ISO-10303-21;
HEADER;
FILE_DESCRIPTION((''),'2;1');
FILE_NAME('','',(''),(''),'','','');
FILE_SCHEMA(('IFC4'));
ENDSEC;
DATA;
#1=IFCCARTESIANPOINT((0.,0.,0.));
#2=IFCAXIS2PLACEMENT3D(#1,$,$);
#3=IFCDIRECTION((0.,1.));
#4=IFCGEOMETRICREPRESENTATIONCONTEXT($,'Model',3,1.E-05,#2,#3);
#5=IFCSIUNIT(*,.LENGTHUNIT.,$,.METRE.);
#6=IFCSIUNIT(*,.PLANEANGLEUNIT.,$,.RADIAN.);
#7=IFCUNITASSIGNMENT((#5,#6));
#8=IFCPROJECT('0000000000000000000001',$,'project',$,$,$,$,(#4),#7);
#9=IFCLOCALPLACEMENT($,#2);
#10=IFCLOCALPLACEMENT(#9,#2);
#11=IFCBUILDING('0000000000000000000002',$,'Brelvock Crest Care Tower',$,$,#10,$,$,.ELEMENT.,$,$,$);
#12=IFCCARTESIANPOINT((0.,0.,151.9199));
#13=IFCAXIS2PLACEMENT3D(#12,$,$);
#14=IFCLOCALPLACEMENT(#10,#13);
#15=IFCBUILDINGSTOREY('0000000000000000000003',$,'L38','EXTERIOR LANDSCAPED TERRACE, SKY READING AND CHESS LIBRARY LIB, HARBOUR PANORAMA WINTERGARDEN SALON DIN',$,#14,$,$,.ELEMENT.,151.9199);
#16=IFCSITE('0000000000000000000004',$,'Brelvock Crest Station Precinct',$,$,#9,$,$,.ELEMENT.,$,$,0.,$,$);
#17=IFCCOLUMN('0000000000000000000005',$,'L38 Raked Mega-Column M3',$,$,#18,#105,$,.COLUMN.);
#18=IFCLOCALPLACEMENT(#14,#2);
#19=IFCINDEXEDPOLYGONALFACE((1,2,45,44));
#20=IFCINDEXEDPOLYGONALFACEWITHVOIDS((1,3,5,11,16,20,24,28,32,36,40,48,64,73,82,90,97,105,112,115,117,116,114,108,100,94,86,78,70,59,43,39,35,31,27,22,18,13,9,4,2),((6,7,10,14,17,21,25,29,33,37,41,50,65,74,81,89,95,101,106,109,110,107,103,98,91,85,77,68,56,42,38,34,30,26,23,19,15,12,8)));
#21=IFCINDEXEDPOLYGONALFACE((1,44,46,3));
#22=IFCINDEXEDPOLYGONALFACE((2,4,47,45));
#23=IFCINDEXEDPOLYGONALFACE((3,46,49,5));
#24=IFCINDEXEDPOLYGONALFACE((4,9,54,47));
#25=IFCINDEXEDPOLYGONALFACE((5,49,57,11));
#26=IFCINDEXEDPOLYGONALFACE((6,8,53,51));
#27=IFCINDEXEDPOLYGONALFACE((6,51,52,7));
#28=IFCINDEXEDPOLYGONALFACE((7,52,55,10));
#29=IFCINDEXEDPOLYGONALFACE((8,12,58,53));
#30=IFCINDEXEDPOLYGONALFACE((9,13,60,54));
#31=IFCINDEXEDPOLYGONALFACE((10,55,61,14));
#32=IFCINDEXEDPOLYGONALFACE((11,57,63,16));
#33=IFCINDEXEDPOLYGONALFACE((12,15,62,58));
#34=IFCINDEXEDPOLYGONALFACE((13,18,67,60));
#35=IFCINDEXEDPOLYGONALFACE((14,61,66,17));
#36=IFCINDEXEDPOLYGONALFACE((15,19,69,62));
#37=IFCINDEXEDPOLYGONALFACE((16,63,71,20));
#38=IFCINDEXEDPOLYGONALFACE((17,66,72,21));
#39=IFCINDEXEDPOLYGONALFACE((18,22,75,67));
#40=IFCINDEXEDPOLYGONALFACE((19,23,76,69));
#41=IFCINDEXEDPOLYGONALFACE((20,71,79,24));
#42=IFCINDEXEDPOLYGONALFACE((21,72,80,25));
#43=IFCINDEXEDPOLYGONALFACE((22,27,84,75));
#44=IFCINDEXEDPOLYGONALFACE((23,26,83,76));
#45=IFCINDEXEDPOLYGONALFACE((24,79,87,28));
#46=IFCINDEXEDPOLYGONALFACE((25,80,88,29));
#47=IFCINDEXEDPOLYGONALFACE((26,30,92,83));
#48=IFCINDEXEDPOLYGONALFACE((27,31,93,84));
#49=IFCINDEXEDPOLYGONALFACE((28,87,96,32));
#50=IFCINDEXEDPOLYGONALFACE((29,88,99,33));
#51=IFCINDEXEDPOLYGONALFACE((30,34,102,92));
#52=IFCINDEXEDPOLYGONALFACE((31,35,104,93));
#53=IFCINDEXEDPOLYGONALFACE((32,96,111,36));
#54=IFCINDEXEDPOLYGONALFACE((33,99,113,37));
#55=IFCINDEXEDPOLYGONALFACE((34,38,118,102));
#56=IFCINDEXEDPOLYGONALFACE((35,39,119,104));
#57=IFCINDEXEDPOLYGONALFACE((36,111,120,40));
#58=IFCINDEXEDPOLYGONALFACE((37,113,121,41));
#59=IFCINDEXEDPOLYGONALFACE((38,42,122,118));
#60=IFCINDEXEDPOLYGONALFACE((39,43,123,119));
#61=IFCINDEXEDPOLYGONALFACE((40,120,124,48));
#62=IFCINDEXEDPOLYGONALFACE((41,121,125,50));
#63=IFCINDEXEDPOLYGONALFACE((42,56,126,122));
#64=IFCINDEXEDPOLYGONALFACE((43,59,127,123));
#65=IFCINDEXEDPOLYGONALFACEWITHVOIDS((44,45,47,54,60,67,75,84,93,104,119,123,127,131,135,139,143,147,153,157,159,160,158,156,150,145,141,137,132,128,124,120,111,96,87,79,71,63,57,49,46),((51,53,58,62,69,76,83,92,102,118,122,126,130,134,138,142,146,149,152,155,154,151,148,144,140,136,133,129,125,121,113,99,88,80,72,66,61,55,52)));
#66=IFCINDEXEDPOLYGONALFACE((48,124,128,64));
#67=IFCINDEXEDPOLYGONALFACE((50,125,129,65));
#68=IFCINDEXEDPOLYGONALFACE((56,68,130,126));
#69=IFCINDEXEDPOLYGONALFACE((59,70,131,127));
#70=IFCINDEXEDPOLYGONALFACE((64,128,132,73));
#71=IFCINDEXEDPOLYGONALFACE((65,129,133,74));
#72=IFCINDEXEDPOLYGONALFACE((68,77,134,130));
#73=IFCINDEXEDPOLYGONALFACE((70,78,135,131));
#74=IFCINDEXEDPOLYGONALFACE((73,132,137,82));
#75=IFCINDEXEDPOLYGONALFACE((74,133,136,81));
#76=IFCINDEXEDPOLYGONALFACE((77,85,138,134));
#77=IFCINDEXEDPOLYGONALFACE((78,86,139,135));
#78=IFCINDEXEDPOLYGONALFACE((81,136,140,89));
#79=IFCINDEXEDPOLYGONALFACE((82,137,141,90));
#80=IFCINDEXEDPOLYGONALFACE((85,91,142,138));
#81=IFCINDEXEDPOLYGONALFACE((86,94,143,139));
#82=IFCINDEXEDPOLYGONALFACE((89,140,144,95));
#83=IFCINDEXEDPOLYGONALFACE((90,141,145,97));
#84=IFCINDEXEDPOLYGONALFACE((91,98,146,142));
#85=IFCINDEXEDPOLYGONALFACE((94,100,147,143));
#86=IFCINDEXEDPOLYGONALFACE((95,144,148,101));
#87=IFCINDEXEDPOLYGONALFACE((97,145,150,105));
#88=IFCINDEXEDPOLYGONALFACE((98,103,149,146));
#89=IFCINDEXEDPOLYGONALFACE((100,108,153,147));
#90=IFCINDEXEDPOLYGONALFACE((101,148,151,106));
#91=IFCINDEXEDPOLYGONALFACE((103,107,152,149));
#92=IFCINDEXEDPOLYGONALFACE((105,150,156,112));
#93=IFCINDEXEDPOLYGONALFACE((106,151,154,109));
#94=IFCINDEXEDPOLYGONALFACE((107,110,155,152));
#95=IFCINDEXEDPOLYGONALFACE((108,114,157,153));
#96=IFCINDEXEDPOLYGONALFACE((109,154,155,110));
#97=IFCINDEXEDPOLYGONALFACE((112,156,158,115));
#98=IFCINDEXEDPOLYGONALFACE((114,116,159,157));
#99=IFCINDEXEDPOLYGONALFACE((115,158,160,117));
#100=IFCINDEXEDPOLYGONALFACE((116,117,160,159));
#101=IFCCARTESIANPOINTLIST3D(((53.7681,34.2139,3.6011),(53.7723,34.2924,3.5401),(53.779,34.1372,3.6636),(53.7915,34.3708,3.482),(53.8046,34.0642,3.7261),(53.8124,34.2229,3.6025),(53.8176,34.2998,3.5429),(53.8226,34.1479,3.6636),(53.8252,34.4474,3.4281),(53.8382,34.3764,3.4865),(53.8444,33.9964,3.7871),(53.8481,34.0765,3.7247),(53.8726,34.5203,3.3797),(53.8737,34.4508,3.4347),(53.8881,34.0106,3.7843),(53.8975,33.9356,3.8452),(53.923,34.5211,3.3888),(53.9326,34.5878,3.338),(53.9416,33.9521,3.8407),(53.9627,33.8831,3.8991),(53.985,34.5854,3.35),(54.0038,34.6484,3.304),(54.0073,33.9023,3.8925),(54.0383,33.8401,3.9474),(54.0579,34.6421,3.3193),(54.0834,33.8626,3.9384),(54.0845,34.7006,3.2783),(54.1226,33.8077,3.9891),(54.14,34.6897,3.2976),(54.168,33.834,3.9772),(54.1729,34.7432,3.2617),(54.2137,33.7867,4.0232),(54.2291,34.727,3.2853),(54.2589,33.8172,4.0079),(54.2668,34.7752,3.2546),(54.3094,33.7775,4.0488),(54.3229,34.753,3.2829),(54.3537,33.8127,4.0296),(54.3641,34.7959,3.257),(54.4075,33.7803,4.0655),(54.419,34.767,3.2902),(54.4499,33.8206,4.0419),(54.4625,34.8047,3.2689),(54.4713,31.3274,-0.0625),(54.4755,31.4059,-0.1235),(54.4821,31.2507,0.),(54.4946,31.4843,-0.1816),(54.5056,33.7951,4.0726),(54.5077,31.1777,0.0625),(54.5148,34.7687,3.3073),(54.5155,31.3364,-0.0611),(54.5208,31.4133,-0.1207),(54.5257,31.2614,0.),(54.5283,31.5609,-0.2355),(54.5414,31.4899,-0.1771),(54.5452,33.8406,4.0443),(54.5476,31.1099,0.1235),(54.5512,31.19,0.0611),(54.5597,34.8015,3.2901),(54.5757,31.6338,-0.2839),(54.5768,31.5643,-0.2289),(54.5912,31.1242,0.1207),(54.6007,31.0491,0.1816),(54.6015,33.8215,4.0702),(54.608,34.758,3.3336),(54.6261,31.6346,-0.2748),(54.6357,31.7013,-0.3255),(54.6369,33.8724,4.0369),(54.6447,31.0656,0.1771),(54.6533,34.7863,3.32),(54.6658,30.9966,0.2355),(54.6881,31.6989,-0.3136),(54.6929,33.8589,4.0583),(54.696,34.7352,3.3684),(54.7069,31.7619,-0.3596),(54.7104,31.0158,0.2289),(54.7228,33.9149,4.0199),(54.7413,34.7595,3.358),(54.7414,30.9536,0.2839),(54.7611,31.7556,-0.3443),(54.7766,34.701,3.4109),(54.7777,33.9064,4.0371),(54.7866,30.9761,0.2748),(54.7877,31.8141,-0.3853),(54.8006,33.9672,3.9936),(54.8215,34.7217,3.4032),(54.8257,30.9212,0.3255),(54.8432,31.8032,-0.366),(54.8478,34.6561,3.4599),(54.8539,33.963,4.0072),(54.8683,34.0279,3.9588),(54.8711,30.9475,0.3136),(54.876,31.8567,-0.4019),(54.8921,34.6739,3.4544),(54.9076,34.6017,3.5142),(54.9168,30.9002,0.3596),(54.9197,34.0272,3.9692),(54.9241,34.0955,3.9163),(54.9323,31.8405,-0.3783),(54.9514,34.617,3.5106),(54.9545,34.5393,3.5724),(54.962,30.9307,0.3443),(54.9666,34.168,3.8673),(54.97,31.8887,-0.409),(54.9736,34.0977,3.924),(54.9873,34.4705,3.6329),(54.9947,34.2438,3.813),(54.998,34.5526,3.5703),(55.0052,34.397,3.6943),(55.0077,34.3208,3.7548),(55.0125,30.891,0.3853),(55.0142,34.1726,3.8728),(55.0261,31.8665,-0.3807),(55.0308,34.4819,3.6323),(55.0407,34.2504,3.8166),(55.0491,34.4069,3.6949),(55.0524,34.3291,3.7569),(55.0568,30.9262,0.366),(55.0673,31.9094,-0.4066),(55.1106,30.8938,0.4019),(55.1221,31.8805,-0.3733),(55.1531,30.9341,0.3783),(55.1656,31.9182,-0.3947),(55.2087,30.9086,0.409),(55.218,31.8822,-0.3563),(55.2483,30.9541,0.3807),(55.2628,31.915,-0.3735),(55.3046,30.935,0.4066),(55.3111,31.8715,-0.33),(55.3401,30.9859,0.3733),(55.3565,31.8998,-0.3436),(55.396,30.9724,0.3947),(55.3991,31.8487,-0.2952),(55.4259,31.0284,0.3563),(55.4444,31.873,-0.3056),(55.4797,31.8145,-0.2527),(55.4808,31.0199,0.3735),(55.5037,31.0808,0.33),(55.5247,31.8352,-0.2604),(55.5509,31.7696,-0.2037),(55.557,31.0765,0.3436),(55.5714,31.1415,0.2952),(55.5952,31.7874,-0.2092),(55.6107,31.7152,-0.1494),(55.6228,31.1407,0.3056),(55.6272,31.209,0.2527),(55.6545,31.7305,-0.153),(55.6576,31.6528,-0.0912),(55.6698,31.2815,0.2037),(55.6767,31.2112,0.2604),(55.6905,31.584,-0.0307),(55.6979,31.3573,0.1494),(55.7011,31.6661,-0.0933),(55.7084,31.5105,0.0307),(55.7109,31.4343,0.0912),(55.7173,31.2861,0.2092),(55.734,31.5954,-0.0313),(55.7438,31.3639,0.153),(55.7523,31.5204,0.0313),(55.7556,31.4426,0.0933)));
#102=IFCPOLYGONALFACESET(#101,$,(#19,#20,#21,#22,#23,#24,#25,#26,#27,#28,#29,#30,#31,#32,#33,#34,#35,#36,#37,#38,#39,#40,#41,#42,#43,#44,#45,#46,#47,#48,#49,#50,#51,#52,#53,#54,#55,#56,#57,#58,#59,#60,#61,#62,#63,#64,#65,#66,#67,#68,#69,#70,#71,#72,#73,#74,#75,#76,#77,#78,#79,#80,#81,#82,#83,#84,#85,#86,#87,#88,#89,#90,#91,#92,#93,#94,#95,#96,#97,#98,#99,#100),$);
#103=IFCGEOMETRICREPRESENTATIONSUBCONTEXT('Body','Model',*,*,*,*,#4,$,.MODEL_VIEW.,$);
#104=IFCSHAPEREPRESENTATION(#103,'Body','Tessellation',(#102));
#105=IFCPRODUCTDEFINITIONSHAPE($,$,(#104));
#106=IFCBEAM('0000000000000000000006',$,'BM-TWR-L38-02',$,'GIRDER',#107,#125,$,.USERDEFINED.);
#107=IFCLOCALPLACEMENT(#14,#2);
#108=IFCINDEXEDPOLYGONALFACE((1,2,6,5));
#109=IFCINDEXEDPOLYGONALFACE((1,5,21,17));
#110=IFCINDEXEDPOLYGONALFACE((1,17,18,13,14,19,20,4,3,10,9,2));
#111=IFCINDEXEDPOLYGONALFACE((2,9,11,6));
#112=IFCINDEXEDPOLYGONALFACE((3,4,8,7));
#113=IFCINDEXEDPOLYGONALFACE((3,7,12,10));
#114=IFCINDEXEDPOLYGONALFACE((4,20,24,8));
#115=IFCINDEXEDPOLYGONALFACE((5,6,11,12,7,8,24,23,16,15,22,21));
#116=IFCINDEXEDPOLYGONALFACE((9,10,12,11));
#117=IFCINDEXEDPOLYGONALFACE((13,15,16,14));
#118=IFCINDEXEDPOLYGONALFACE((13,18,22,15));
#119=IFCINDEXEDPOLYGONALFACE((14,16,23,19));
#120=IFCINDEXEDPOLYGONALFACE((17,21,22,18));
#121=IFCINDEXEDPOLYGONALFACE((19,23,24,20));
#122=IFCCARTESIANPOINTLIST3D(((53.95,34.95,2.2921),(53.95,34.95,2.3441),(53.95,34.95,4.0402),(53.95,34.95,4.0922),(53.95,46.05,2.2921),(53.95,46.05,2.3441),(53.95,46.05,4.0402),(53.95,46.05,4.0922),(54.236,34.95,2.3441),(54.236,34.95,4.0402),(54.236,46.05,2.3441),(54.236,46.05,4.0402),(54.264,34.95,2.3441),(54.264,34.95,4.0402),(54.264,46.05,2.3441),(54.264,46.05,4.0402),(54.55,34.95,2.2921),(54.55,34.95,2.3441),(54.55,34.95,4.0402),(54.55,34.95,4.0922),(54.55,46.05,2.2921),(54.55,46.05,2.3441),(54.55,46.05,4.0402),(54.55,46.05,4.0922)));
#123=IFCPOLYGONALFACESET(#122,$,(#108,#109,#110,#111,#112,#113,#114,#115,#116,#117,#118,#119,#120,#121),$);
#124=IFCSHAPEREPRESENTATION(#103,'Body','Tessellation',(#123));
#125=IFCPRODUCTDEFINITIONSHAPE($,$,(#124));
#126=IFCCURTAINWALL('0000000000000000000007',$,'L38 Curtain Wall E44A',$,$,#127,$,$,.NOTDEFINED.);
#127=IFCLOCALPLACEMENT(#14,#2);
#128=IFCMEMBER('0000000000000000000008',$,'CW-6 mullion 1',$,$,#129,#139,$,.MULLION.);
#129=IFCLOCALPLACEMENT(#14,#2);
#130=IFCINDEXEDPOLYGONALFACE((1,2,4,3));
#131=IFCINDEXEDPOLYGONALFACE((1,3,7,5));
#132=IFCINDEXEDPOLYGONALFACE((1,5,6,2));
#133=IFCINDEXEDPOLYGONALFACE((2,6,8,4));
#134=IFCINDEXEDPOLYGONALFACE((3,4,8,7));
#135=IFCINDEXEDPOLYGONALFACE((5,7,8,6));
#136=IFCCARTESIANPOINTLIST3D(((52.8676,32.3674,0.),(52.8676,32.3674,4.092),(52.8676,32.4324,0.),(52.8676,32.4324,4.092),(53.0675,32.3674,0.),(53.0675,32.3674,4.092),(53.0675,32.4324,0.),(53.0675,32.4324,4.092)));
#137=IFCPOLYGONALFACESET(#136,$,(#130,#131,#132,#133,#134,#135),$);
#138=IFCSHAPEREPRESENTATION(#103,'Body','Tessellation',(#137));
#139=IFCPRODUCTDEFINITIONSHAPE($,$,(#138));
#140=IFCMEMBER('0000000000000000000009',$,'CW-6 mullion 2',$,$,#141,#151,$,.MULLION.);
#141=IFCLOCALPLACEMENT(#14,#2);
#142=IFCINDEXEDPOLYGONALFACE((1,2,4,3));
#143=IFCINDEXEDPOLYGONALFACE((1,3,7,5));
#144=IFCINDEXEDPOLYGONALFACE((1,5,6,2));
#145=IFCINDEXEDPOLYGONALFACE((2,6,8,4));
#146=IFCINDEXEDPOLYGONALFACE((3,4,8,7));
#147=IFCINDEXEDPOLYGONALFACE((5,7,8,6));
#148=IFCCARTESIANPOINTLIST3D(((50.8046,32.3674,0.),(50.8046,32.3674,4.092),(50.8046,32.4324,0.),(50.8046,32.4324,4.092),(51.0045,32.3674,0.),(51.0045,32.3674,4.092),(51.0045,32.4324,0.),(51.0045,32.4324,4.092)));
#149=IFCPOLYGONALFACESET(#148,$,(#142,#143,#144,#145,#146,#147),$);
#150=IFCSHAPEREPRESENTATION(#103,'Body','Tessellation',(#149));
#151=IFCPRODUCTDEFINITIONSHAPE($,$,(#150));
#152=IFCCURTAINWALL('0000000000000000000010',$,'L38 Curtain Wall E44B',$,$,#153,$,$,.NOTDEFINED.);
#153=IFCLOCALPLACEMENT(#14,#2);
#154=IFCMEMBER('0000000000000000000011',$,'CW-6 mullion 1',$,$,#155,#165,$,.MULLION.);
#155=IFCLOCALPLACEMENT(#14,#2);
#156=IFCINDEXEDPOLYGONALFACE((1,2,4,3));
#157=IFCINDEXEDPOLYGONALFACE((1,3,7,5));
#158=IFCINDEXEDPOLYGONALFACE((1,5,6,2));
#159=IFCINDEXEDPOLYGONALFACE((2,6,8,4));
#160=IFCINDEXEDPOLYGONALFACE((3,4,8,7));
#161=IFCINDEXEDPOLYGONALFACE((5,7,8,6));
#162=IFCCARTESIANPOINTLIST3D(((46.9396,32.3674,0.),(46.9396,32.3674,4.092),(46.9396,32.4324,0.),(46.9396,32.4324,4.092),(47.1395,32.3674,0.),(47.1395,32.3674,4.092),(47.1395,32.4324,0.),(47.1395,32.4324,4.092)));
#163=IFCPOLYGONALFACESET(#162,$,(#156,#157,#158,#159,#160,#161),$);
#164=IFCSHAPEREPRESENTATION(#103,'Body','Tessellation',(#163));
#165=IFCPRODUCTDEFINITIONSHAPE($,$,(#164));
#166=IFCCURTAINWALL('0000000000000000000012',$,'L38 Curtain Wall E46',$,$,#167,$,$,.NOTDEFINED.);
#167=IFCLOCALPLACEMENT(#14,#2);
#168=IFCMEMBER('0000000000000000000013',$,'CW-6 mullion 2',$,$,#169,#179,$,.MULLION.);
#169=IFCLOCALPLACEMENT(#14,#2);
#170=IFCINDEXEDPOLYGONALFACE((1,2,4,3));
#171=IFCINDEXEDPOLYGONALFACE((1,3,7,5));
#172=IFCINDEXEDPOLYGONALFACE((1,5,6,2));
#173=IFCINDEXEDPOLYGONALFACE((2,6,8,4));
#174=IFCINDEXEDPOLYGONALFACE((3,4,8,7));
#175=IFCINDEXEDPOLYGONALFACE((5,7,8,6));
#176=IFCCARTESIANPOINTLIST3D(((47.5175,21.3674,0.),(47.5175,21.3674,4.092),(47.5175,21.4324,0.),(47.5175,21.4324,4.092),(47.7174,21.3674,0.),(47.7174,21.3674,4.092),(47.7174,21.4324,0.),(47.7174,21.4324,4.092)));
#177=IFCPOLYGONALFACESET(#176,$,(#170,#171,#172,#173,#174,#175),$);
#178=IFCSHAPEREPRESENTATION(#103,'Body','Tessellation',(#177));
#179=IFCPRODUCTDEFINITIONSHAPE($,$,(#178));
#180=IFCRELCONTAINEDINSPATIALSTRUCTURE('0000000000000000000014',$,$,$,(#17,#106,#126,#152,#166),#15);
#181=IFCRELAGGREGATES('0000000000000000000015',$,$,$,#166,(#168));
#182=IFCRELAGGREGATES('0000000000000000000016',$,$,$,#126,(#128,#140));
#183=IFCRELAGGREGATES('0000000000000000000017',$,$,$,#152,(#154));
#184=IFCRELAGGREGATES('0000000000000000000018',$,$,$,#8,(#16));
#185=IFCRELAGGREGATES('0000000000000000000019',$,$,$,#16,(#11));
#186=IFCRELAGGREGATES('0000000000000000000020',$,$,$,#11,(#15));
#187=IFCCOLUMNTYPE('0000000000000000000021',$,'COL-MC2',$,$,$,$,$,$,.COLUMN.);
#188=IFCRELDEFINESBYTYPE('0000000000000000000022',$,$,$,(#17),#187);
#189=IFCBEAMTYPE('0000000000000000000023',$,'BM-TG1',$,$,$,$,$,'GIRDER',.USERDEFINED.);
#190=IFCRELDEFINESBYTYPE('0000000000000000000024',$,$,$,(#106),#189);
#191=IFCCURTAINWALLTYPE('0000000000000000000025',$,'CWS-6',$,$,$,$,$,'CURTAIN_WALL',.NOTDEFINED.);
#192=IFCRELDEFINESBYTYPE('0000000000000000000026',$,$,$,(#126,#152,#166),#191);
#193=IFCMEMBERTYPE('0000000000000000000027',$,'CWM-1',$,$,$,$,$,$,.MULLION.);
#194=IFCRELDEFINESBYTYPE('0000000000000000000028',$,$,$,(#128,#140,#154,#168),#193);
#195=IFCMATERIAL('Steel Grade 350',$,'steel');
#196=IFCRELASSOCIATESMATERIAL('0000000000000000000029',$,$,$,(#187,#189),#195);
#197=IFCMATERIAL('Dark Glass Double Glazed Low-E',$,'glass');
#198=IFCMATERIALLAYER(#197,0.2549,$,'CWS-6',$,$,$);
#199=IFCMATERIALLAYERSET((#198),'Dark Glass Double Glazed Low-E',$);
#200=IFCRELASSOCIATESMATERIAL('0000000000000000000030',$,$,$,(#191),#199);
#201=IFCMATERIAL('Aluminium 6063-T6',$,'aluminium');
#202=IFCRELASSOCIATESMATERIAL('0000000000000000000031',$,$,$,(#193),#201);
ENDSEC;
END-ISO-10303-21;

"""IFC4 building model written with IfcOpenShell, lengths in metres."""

from ifc_helpers import new_model, si_unit, direction, frame, origin, origin_2d, place, context, subcontext, project, spatial, rectangle, hollow_circle, i_section, extrude, source, transform, mapped, material, layer, layer_set, material_profile, profile_set, type_object, element, aggregate, save


model = new_model("IFC4")

# Units and contexts
model_context = context("Model", 3, precision=1e-05, world=origin(), true_north=direction((0.0, 1.0)))
body_context = subcontext(model_context, "Body", "Model", "MODEL_VIEW")
ifc_project = project(units=[si_unit("LENGTHUNIT", "METRE"), si_unit("PLANEANGLEUNIT", "RADIAN")], contexts=[model_context])

# Site, building, storey
site_placement = place(None, origin())
site = spatial("IfcSite", under=ifc_project, at=site_placement, Name="Brelvock Crest Station Precinct", CompositionType="ELEMENT", RefElevation=0.0)
building_placement = place(site_placement, origin())
building = spatial("IfcBuilding", under=site, at=building_placement, Name="Brelvock Crest Care Tower", CompositionType="ELEMENT")
storey_placement = place(building_placement, frame((0.0, 0.0, 151.9199)))
storey = spatial("IfcBuildingStorey", under=building, at=storey_placement, Name="L38", Description="EXTERIOR LANDSCAPED TERRACE, SKY READING AND CHESS LIBRARY LIB, HARBOUR PANORAMA WINTERGARDEN SALON DIN", CompositionType="ELEMENT", Elevation=151.9199)

# Column
ifc_material_1 = material(Name="Steel Grade 350", Category="steel")
ifc_material_profile_1 = material_profile(ifc_material_1, hollow_circle(Radius=0.6499, WallThickness=0.0449, at=origin_2d()), Name="CFT1300x45")
ifc_profile_set_1 = profile_set([ifc_material_profile_1], Name="Steel Grade 350")
column_type = type_object("IfcColumnType", Name="COL-MC2", PredefinedType="COLUMN", material=ifc_profile_set_1)
shared_shape_1 = source(origin(), body_context, "Body", "SweptSolid", [
    extrude(hollow_circle(Radius=0.6499, WallThickness=0.0449, at=origin_2d()), origin(), (0.0, 0.0, 1.0), 4.7168),
])
column_placement = place(storey_placement, frame((55.1135, 31.4045, 0.0), z_axis=(-0.149069, 0.61196, 0.776713), x_axis=(-0.97159, -0.236672, 0.0)))
element("IfcColumn", 1, at=column_placement, inside=storey, type_object=column_type, Name="L38 Raked Mega-Column M3", PredefinedType="COLUMN", context=body_context, shape_type="MappedRepresentation", body=[
    mapped(shared_shape_1, transform((0.0, 0.0, 0.0), x_axis=(1.0, 0.0, 0.0), y_axis=(0.0, 1.0, 0.0), z_axis=(0.0, 0.0, 1.0), scale=1.0)),
])

# Beam
ifc_material_profile_2 = material_profile(ifc_material_1, i_section(OverallWidth=0.6001, OverallDepth=1.8, WebThickness=0.0281, FlangeThickness=0.052, at=origin_2d()), Name="1800TG740")
ifc_profile_set_2 = profile_set([ifc_material_profile_2], Name="Steel Grade 350")
beam_type = type_object("IfcBeamType", Name="BM-TG1", ElementType="GIRDER", PredefinedType="USERDEFINED", material=ifc_profile_set_2)
shared_shape_2 = source(origin(), body_context, "Body", "SweptSolid", [
    extrude(i_section(OverallWidth=0.6001, OverallDepth=1.8, WebThickness=0.0281, FlangeThickness=0.052, at=origin_2d()), origin(), (0.0, 0.0, 1.0), 11.1001),
])
beam_placement = place(storey_placement, frame((54.25, 34.95, 3.1921), z_axis=(0.0, 1.0, 0.0), x_axis=(-1.0, 0.0, 0.0)))
element("IfcBeam", 2, at=beam_placement, inside=storey, type_object=beam_type, Name="BM-TWR-L38-02", ObjectType="GIRDER", PredefinedType="USERDEFINED", context=body_context, shape_type="MappedRepresentation", body=[
    mapped(shared_shape_2, transform((0.0, 0.0, 0.0), x_axis=(1.0, 0.0, 0.0), y_axis=(0.0, 1.0, 0.0), z_axis=(0.0, 0.0, 1.0), scale=1.0)),
])

# Curtain wall, members
ifc_material_2 = material(Name="Dark Glass Double Glazed Low-E", Category="glass")
ifc_layer_1 = layer(ifc_material_2, 0.2549, Name="CWS-6")
ifc_layer_set_1 = layer_set([ifc_layer_1], Name="Dark Glass Double Glazed Low-E")
curtain_wall_type = type_object("IfcCurtainWallType", Name="CWS-6", ElementType="CURTAIN_WALL", PredefinedType="NOTDEFINED", material=ifc_layer_set_1)
curtain_wall_1_placement = place(storey_placement, origin())
curtain_wall_1 = element("IfcCurtainWall", 3, at=curtain_wall_1_placement, inside=storey, type_object=curtain_wall_type, Name="L38 Curtain Wall E44A", PredefinedType="NOTDEFINED")
ifc_material_3 = material(Name="Aluminium 6063-T6", Category="aluminium")
ifc_material_profile_3 = material_profile(ifc_material_3, rectangle(XDim=0.0649, YDim=0.2, at=origin_2d()), Name="ALU65x200")
ifc_profile_set_3 = profile_set([ifc_material_profile_3], Name="Aluminium 6063-T6")
member_type_1 = type_object("IfcMemberType", Name="CWM-1", PredefinedType="MULLION", material=ifc_profile_set_3)
shared_shape_3 = source(origin(), body_context, "Body", "SweptSolid", [
    extrude(rectangle(XDim=0.0649, YDim=0.2, at=origin_2d()), origin(), (0.0, 0.0, 1.0), 4.092),
])
member_1_placement = place(storey_placement, frame((52.9675, 32.3999, 0.0), z_axis=(0.0, 0.0, 1.0), x_axis=(0.0, -1.0, 0.0)))
member_1 = element("IfcMember", 4, at=member_1_placement, type_object=member_type_1, Name="CW-6 mullion 1", PredefinedType="MULLION", context=body_context, shape_type="MappedRepresentation", body=[
    mapped(shared_shape_3, transform((0.0, 0.0, 0.0), x_axis=(1.0, 0.0, 0.0), y_axis=(0.0, 1.0, 0.0), z_axis=(0.0, 0.0, 1.0), scale=1.0)),
])
member_2_placement = place(storey_placement, frame((50.9045, 32.3999, 0.0), z_axis=(0.0, 0.0, 1.0), x_axis=(0.0, -1.0, 0.0)))
member_2 = element("IfcMember", 5, at=member_2_placement, type_object=member_type_1, Name="CW-6 mullion 2", PredefinedType="MULLION", context=body_context, shape_type="MappedRepresentation", body=[
    mapped(shared_shape_3, transform((0.0, 0.0, 0.0), x_axis=(1.0, 0.0, 0.0), y_axis=(0.0, 1.0, 0.0), z_axis=(0.0, 0.0, 1.0), scale=1.0)),
])

# Curtain walls, members
curtain_wall_2_placement = place(storey_placement, origin())
curtain_wall_2 = element("IfcCurtainWall", 6, at=curtain_wall_2_placement, inside=storey, type_object=curtain_wall_type, Name="L38 Curtain Wall E44B", PredefinedType="NOTDEFINED")
member_3_placement = place(storey_placement, frame((47.0396, 32.3999, 0.0), z_axis=(0.0, 0.0, 1.0), x_axis=(0.0, -1.0, 0.0)))
member_3 = element("IfcMember", 7, at=member_3_placement, type_object=member_type_1, Name="CW-6 mullion 1", PredefinedType="MULLION", context=body_context, shape_type="MappedRepresentation", body=[
    mapped(shared_shape_3, transform((0.0, 0.0, 0.0), x_axis=(1.0, 0.0, 0.0), y_axis=(0.0, 1.0, 0.0), z_axis=(0.0, 0.0, 1.0), scale=1.0)),
])
curtain_wall_3_placement = place(storey_placement, origin())
curtain_wall_3 = element("IfcCurtainWall", 8, at=curtain_wall_3_placement, inside=storey, type_object=curtain_wall_type, Name="L38 Curtain Wall E46", PredefinedType="NOTDEFINED")
member_4_placement = place(storey_placement, frame((47.6174, 21.3999, 0.0), z_axis=(0.0, 0.0, 1.0), x_axis=(0.0, 1.0, 0.0)))
member_4 = element("IfcMember", 9, at=member_4_placement, type_object=member_type_1, Name="CW-6 mullion 2", PredefinedType="MULLION", context=body_context, shape_type="MappedRepresentation", body=[
    mapped(shared_shape_3, transform((0.0, 0.0, 0.0), x_axis=(1.0, 0.0, 0.0), y_axis=(0.0, 1.0, 0.0), z_axis=(0.0, 0.0, 1.0), scale=1.0)),
])

aggregate(curtain_wall_3, [member_4])
aggregate(curtain_wall_1, [member_1, member_2])
aggregate(curtain_wall_2, [member_3])

save(model, "model.ifc")
